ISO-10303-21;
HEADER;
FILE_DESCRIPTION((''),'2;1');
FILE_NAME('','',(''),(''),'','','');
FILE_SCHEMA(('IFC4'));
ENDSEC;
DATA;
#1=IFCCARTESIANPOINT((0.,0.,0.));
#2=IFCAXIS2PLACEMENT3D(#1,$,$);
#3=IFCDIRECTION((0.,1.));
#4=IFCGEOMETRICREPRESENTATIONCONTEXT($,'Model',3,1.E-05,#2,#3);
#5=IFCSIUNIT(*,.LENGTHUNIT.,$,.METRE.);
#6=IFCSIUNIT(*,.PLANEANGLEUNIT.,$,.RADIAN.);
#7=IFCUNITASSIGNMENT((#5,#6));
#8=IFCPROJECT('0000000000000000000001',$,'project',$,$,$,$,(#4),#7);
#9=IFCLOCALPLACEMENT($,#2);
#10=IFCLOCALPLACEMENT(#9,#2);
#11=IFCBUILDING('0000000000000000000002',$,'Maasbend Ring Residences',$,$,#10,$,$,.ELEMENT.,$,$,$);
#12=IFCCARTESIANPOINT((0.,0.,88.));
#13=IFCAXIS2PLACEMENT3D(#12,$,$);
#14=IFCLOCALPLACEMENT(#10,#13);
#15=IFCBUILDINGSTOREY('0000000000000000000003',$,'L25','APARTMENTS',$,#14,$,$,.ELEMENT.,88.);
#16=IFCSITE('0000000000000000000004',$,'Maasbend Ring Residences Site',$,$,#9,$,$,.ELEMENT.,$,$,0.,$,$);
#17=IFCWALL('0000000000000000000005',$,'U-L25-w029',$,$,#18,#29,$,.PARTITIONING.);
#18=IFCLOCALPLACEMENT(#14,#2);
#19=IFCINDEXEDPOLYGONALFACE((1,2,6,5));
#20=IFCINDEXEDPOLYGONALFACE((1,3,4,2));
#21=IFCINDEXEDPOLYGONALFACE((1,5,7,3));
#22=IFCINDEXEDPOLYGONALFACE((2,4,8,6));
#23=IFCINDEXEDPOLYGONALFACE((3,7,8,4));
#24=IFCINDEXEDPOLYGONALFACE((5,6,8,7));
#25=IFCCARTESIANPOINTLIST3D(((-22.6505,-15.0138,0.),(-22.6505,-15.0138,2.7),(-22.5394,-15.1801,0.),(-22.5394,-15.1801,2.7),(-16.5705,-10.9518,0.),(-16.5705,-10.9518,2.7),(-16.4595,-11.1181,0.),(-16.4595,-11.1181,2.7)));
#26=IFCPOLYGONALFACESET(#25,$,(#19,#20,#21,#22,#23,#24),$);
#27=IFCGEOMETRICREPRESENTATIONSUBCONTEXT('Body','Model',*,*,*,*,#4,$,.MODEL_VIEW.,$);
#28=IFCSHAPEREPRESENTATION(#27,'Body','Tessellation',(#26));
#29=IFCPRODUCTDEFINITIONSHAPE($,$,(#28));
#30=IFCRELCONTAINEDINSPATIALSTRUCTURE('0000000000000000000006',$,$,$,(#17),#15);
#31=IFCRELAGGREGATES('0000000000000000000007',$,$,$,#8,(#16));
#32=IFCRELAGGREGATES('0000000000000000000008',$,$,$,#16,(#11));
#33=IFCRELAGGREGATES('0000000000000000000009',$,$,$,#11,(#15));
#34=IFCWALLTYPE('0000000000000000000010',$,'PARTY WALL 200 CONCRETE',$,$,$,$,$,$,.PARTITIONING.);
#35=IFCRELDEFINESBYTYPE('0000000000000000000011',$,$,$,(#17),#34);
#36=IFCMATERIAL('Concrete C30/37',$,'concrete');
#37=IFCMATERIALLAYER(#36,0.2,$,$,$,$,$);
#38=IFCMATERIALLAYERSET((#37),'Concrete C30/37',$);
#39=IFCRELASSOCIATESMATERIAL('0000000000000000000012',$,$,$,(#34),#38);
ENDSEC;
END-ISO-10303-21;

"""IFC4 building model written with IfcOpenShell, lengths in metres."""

from ifc_helpers import new_model, si_unit, direction, frame, frame_2d, origin, place, context, subcontext, project, spatial, rectangle, extrude, material, layer, layer_set, type_object, element, save


model = new_model("IFC4")

# Units and contexts
model_context = context("Model", 3, precision=1e-05, world=origin(), true_north=direction((0.0, 1.0)))
body_context = subcontext(model_context, "Body", "Model", "MODEL_VIEW")
ifc_project = project(units=[si_unit("LENGTHUNIT", "METRE"), si_unit("PLANEANGLEUNIT", "RADIAN")], contexts=[model_context])

# Site, building, storey
site_placement = place(None, origin())
site = spatial("IfcSite", under=ifc_project, at=site_placement, Name="Maasbend Ring Residences Site", CompositionType="ELEMENT", RefElevation=0.0)
building_placement = place(site_placement, origin())
building = spatial("IfcBuilding", under=site, at=building_placement, Name="Maasbend Ring Residences", CompositionType="ELEMENT")
storey_placement = place(building_placement, frame((0.0, 0.0, 88.0)))
storey = spatial("IfcBuildingStorey", under=building, at=storey_placement, Name="L25", Description="APARTMENTS", CompositionType="ELEMENT", Elevation=88.0)

# Wall
ifc_material_1 = material(Name="Concrete C30/37", Category="concrete")
ifc_layer_1 = layer(ifc_material_1, 0.2)
ifc_layer_set_1 = layer_set([ifc_layer_1], Name="Concrete C30/37")
wall_type_1 = type_object("IfcWallType", Name="PARTY WALL 200 CONCRETE", PredefinedType="PARTITIONING", material=ifc_layer_set_1)
wall_1_placement = place(storey_placement, frame((-22.595, -15.0969, 0.0), z_axis=(0.0, 0.0, 1.0), x_axis=(0.831505, 0.555517, 0.0)))
element("IfcWall", 1, at=wall_1_placement, inside=storey, type_object=wall_type_1, Name="U-L25-w029", PredefinedType="PARTITIONING", context=body_context, shape_type="SweptSolid", body=[
    extrude(rectangle(XDim=7.312, YDim=0.2, at=frame_2d((3.656, 0.0))), origin(), (0.0, 0.0, 1.0), 2.7),
])

save(model, "model.ifc")
